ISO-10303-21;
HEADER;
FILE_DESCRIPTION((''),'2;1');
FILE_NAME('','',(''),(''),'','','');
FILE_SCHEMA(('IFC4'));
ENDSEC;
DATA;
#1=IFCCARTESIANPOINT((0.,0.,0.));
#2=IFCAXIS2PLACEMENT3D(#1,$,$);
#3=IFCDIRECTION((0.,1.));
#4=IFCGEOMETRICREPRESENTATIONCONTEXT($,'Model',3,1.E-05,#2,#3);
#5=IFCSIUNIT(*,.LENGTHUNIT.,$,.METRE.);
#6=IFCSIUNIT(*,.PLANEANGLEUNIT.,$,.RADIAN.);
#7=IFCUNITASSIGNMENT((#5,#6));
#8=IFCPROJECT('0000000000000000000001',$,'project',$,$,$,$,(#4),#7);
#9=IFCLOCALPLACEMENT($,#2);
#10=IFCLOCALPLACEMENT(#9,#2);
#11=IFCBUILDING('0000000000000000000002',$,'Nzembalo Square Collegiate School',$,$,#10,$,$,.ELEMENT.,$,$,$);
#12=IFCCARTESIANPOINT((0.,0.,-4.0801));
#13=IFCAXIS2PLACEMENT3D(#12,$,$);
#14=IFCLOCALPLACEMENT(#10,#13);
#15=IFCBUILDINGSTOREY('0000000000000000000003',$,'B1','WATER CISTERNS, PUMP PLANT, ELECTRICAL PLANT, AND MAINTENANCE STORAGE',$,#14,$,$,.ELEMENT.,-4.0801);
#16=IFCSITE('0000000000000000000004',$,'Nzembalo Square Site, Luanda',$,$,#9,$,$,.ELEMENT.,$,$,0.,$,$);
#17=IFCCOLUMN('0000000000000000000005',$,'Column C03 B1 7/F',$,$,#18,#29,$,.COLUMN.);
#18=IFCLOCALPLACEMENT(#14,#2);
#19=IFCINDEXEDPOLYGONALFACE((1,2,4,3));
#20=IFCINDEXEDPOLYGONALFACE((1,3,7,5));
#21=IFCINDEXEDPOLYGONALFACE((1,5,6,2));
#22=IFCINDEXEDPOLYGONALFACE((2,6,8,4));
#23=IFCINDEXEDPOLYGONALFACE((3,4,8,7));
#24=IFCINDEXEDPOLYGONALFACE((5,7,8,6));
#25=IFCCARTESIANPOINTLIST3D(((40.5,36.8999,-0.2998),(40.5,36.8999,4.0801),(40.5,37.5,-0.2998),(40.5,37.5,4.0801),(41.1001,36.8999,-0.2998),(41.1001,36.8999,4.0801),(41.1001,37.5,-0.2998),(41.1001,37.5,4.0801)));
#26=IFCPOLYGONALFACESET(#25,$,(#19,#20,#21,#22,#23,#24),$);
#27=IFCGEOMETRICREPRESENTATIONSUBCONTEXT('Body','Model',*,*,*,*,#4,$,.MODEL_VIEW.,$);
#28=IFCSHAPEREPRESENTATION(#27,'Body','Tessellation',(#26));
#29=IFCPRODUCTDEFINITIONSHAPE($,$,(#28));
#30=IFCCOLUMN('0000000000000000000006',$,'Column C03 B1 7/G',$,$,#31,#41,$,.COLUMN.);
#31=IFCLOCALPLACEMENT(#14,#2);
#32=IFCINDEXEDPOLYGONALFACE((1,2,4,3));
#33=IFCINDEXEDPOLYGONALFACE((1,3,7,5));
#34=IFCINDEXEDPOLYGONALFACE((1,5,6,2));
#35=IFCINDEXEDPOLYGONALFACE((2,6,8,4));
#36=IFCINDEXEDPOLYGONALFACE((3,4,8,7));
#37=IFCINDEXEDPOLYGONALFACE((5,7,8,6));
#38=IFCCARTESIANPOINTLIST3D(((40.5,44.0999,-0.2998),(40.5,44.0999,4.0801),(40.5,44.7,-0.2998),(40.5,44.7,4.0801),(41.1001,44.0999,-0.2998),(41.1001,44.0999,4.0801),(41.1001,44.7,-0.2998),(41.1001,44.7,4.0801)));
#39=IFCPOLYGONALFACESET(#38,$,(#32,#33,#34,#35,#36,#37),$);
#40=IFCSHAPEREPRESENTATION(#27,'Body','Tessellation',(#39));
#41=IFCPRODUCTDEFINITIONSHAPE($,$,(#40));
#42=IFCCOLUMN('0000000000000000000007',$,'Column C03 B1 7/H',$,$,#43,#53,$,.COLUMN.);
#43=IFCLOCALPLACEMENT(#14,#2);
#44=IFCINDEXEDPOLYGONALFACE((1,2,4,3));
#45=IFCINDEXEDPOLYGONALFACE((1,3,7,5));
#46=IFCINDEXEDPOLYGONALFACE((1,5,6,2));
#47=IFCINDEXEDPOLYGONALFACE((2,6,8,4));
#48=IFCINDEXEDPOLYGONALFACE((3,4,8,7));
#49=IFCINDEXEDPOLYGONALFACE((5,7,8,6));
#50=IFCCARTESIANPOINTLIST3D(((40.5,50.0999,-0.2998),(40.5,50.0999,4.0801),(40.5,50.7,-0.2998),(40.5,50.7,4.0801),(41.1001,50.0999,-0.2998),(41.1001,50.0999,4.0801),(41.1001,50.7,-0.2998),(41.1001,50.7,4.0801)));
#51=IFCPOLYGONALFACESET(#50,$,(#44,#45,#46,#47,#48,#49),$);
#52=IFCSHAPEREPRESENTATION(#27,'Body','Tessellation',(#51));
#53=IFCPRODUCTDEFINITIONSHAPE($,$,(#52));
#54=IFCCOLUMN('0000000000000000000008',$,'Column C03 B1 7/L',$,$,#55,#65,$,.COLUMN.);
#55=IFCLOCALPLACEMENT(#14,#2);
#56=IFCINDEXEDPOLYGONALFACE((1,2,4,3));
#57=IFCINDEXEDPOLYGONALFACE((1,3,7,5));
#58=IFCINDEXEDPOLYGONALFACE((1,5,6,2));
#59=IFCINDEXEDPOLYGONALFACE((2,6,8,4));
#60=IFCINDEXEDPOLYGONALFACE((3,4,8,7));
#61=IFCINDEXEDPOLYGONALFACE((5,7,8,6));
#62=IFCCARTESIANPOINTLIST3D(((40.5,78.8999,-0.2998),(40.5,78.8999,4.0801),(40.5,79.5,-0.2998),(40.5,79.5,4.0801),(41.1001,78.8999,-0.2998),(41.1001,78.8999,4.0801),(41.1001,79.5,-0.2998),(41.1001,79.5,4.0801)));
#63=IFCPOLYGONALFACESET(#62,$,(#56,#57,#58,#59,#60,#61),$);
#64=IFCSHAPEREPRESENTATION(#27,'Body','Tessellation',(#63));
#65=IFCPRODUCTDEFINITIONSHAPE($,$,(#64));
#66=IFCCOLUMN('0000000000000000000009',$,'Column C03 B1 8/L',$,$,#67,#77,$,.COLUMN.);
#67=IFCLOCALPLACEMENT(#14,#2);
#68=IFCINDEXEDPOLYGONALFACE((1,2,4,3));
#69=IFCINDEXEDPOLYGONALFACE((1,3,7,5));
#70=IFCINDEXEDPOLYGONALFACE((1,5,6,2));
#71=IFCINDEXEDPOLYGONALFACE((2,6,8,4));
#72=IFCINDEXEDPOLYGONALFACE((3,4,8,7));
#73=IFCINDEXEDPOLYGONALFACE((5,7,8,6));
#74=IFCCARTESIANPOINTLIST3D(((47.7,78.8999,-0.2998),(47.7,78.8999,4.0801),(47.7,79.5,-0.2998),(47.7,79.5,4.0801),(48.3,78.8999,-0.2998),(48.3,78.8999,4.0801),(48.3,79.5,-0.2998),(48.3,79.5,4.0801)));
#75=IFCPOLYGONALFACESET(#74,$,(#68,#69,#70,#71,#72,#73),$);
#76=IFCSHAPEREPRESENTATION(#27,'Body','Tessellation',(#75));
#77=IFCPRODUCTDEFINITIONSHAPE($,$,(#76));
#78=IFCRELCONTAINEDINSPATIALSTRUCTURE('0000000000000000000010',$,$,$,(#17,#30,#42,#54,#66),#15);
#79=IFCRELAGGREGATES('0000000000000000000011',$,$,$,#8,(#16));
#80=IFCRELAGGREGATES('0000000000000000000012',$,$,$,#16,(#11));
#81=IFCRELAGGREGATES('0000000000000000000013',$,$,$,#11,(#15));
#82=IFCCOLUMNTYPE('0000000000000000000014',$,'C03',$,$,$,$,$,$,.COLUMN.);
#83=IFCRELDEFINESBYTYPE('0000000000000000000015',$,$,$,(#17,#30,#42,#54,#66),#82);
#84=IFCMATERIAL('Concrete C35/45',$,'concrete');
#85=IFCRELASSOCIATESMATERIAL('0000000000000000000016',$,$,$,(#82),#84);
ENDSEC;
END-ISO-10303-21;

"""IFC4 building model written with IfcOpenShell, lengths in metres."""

from ifc_helpers import new_model, si_unit, direction, frame, origin, origin_2d, place, context, subcontext, project, spatial, rectangle, extrude, material, material_profile, profile_set, type_object, element, save


model = new_model("IFC4")

# Units and contexts
model_context = context("Model", 3, precision=1e-05, world=origin(), true_north=direction((0.0, 1.0)))
body_context = subcontext(model_context, "Body", "Model", "MODEL_VIEW")
ifc_project = project(units=[si_unit("LENGTHUNIT", "METRE"), si_unit("PLANEANGLEUNIT", "RADIAN")], contexts=[model_context])

# Site, building, storey
site_placement = place(None, origin())
site = spatial("IfcSite", under=ifc_project, at=site_placement, Name="Nzembalo Square Site, Luanda", CompositionType="ELEMENT", RefElevation=0.0)
building_placement = place(site_placement, origin())
building = spatial("IfcBuilding", under=site, at=building_placement, Name="Nzembalo Square Collegiate School", CompositionType="ELEMENT")
storey_placement = place(building_placement, frame((0.0, 0.0, -4.0801)))
storey = spatial("IfcBuildingStorey", under=building, at=storey_placement, Name="B1", Description="WATER CISTERNS, PUMP PLANT, ELECTRICAL PLANT, AND MAINTENANCE STORAGE", CompositionType="ELEMENT", Elevation=-4.0801)

# Columns
ifc_material_1 = material(Name="Concrete C35/45", Category="concrete")
ifc_material_profile_1 = material_profile(ifc_material_1, rectangle(XDim=0.6001, YDim=0.6001, at=origin_2d()), Name="RC 600x600")
ifc_profile_set_1 = profile_set([ifc_material_profile_1], Name="Concrete C35/45")
column_type = type_object("IfcColumnType", Name="C03", PredefinedType="COLUMN", material=ifc_profile_set_1)
for number, where, z_axis, x_axis, name in (
    (1, (40.8, 37.2, -0.2998), (0.0, 0.0, 1.0), (1.0, 0.0, 0.0), "Column C03 B1 7/F"),
    (2, (40.8, 44.3999, -0.2998), (0.0, 0.0, 1.0), (1.0, 0.0, 0.0), "Column C03 B1 7/G"),
    (3, (40.8, 50.3999, -0.2998), (0.0, 0.0, 1.0), (1.0, 0.0, 0.0), "Column C03 B1 7/H"),
    (4, (40.8, 79.2, -0.2998), (0.0, 0.0, 1.0), (1.0, 0.0, 0.0), "Column C03 B1 7/L"),
    (5, (48.0, 79.2, -0.2998), (0.0, 0.0, 1.0), (1.0, 0.0, 0.0), "Column C03 B1 8/L"),
):
    element("IfcColumn", number, at=place(storey_placement, frame(where, z_axis=z_axis, x_axis=x_axis)), inside=storey, type_object=column_type, Name=name, PredefinedType="COLUMN", context=body_context, shape_type="SweptSolid", body=[
        extrude(rectangle(XDim=0.6001, YDim=0.6001, at=origin_2d()), origin(), (0.0, 0.0, 1.0), 4.3799),
    ])

save(model, "model.ifc")
